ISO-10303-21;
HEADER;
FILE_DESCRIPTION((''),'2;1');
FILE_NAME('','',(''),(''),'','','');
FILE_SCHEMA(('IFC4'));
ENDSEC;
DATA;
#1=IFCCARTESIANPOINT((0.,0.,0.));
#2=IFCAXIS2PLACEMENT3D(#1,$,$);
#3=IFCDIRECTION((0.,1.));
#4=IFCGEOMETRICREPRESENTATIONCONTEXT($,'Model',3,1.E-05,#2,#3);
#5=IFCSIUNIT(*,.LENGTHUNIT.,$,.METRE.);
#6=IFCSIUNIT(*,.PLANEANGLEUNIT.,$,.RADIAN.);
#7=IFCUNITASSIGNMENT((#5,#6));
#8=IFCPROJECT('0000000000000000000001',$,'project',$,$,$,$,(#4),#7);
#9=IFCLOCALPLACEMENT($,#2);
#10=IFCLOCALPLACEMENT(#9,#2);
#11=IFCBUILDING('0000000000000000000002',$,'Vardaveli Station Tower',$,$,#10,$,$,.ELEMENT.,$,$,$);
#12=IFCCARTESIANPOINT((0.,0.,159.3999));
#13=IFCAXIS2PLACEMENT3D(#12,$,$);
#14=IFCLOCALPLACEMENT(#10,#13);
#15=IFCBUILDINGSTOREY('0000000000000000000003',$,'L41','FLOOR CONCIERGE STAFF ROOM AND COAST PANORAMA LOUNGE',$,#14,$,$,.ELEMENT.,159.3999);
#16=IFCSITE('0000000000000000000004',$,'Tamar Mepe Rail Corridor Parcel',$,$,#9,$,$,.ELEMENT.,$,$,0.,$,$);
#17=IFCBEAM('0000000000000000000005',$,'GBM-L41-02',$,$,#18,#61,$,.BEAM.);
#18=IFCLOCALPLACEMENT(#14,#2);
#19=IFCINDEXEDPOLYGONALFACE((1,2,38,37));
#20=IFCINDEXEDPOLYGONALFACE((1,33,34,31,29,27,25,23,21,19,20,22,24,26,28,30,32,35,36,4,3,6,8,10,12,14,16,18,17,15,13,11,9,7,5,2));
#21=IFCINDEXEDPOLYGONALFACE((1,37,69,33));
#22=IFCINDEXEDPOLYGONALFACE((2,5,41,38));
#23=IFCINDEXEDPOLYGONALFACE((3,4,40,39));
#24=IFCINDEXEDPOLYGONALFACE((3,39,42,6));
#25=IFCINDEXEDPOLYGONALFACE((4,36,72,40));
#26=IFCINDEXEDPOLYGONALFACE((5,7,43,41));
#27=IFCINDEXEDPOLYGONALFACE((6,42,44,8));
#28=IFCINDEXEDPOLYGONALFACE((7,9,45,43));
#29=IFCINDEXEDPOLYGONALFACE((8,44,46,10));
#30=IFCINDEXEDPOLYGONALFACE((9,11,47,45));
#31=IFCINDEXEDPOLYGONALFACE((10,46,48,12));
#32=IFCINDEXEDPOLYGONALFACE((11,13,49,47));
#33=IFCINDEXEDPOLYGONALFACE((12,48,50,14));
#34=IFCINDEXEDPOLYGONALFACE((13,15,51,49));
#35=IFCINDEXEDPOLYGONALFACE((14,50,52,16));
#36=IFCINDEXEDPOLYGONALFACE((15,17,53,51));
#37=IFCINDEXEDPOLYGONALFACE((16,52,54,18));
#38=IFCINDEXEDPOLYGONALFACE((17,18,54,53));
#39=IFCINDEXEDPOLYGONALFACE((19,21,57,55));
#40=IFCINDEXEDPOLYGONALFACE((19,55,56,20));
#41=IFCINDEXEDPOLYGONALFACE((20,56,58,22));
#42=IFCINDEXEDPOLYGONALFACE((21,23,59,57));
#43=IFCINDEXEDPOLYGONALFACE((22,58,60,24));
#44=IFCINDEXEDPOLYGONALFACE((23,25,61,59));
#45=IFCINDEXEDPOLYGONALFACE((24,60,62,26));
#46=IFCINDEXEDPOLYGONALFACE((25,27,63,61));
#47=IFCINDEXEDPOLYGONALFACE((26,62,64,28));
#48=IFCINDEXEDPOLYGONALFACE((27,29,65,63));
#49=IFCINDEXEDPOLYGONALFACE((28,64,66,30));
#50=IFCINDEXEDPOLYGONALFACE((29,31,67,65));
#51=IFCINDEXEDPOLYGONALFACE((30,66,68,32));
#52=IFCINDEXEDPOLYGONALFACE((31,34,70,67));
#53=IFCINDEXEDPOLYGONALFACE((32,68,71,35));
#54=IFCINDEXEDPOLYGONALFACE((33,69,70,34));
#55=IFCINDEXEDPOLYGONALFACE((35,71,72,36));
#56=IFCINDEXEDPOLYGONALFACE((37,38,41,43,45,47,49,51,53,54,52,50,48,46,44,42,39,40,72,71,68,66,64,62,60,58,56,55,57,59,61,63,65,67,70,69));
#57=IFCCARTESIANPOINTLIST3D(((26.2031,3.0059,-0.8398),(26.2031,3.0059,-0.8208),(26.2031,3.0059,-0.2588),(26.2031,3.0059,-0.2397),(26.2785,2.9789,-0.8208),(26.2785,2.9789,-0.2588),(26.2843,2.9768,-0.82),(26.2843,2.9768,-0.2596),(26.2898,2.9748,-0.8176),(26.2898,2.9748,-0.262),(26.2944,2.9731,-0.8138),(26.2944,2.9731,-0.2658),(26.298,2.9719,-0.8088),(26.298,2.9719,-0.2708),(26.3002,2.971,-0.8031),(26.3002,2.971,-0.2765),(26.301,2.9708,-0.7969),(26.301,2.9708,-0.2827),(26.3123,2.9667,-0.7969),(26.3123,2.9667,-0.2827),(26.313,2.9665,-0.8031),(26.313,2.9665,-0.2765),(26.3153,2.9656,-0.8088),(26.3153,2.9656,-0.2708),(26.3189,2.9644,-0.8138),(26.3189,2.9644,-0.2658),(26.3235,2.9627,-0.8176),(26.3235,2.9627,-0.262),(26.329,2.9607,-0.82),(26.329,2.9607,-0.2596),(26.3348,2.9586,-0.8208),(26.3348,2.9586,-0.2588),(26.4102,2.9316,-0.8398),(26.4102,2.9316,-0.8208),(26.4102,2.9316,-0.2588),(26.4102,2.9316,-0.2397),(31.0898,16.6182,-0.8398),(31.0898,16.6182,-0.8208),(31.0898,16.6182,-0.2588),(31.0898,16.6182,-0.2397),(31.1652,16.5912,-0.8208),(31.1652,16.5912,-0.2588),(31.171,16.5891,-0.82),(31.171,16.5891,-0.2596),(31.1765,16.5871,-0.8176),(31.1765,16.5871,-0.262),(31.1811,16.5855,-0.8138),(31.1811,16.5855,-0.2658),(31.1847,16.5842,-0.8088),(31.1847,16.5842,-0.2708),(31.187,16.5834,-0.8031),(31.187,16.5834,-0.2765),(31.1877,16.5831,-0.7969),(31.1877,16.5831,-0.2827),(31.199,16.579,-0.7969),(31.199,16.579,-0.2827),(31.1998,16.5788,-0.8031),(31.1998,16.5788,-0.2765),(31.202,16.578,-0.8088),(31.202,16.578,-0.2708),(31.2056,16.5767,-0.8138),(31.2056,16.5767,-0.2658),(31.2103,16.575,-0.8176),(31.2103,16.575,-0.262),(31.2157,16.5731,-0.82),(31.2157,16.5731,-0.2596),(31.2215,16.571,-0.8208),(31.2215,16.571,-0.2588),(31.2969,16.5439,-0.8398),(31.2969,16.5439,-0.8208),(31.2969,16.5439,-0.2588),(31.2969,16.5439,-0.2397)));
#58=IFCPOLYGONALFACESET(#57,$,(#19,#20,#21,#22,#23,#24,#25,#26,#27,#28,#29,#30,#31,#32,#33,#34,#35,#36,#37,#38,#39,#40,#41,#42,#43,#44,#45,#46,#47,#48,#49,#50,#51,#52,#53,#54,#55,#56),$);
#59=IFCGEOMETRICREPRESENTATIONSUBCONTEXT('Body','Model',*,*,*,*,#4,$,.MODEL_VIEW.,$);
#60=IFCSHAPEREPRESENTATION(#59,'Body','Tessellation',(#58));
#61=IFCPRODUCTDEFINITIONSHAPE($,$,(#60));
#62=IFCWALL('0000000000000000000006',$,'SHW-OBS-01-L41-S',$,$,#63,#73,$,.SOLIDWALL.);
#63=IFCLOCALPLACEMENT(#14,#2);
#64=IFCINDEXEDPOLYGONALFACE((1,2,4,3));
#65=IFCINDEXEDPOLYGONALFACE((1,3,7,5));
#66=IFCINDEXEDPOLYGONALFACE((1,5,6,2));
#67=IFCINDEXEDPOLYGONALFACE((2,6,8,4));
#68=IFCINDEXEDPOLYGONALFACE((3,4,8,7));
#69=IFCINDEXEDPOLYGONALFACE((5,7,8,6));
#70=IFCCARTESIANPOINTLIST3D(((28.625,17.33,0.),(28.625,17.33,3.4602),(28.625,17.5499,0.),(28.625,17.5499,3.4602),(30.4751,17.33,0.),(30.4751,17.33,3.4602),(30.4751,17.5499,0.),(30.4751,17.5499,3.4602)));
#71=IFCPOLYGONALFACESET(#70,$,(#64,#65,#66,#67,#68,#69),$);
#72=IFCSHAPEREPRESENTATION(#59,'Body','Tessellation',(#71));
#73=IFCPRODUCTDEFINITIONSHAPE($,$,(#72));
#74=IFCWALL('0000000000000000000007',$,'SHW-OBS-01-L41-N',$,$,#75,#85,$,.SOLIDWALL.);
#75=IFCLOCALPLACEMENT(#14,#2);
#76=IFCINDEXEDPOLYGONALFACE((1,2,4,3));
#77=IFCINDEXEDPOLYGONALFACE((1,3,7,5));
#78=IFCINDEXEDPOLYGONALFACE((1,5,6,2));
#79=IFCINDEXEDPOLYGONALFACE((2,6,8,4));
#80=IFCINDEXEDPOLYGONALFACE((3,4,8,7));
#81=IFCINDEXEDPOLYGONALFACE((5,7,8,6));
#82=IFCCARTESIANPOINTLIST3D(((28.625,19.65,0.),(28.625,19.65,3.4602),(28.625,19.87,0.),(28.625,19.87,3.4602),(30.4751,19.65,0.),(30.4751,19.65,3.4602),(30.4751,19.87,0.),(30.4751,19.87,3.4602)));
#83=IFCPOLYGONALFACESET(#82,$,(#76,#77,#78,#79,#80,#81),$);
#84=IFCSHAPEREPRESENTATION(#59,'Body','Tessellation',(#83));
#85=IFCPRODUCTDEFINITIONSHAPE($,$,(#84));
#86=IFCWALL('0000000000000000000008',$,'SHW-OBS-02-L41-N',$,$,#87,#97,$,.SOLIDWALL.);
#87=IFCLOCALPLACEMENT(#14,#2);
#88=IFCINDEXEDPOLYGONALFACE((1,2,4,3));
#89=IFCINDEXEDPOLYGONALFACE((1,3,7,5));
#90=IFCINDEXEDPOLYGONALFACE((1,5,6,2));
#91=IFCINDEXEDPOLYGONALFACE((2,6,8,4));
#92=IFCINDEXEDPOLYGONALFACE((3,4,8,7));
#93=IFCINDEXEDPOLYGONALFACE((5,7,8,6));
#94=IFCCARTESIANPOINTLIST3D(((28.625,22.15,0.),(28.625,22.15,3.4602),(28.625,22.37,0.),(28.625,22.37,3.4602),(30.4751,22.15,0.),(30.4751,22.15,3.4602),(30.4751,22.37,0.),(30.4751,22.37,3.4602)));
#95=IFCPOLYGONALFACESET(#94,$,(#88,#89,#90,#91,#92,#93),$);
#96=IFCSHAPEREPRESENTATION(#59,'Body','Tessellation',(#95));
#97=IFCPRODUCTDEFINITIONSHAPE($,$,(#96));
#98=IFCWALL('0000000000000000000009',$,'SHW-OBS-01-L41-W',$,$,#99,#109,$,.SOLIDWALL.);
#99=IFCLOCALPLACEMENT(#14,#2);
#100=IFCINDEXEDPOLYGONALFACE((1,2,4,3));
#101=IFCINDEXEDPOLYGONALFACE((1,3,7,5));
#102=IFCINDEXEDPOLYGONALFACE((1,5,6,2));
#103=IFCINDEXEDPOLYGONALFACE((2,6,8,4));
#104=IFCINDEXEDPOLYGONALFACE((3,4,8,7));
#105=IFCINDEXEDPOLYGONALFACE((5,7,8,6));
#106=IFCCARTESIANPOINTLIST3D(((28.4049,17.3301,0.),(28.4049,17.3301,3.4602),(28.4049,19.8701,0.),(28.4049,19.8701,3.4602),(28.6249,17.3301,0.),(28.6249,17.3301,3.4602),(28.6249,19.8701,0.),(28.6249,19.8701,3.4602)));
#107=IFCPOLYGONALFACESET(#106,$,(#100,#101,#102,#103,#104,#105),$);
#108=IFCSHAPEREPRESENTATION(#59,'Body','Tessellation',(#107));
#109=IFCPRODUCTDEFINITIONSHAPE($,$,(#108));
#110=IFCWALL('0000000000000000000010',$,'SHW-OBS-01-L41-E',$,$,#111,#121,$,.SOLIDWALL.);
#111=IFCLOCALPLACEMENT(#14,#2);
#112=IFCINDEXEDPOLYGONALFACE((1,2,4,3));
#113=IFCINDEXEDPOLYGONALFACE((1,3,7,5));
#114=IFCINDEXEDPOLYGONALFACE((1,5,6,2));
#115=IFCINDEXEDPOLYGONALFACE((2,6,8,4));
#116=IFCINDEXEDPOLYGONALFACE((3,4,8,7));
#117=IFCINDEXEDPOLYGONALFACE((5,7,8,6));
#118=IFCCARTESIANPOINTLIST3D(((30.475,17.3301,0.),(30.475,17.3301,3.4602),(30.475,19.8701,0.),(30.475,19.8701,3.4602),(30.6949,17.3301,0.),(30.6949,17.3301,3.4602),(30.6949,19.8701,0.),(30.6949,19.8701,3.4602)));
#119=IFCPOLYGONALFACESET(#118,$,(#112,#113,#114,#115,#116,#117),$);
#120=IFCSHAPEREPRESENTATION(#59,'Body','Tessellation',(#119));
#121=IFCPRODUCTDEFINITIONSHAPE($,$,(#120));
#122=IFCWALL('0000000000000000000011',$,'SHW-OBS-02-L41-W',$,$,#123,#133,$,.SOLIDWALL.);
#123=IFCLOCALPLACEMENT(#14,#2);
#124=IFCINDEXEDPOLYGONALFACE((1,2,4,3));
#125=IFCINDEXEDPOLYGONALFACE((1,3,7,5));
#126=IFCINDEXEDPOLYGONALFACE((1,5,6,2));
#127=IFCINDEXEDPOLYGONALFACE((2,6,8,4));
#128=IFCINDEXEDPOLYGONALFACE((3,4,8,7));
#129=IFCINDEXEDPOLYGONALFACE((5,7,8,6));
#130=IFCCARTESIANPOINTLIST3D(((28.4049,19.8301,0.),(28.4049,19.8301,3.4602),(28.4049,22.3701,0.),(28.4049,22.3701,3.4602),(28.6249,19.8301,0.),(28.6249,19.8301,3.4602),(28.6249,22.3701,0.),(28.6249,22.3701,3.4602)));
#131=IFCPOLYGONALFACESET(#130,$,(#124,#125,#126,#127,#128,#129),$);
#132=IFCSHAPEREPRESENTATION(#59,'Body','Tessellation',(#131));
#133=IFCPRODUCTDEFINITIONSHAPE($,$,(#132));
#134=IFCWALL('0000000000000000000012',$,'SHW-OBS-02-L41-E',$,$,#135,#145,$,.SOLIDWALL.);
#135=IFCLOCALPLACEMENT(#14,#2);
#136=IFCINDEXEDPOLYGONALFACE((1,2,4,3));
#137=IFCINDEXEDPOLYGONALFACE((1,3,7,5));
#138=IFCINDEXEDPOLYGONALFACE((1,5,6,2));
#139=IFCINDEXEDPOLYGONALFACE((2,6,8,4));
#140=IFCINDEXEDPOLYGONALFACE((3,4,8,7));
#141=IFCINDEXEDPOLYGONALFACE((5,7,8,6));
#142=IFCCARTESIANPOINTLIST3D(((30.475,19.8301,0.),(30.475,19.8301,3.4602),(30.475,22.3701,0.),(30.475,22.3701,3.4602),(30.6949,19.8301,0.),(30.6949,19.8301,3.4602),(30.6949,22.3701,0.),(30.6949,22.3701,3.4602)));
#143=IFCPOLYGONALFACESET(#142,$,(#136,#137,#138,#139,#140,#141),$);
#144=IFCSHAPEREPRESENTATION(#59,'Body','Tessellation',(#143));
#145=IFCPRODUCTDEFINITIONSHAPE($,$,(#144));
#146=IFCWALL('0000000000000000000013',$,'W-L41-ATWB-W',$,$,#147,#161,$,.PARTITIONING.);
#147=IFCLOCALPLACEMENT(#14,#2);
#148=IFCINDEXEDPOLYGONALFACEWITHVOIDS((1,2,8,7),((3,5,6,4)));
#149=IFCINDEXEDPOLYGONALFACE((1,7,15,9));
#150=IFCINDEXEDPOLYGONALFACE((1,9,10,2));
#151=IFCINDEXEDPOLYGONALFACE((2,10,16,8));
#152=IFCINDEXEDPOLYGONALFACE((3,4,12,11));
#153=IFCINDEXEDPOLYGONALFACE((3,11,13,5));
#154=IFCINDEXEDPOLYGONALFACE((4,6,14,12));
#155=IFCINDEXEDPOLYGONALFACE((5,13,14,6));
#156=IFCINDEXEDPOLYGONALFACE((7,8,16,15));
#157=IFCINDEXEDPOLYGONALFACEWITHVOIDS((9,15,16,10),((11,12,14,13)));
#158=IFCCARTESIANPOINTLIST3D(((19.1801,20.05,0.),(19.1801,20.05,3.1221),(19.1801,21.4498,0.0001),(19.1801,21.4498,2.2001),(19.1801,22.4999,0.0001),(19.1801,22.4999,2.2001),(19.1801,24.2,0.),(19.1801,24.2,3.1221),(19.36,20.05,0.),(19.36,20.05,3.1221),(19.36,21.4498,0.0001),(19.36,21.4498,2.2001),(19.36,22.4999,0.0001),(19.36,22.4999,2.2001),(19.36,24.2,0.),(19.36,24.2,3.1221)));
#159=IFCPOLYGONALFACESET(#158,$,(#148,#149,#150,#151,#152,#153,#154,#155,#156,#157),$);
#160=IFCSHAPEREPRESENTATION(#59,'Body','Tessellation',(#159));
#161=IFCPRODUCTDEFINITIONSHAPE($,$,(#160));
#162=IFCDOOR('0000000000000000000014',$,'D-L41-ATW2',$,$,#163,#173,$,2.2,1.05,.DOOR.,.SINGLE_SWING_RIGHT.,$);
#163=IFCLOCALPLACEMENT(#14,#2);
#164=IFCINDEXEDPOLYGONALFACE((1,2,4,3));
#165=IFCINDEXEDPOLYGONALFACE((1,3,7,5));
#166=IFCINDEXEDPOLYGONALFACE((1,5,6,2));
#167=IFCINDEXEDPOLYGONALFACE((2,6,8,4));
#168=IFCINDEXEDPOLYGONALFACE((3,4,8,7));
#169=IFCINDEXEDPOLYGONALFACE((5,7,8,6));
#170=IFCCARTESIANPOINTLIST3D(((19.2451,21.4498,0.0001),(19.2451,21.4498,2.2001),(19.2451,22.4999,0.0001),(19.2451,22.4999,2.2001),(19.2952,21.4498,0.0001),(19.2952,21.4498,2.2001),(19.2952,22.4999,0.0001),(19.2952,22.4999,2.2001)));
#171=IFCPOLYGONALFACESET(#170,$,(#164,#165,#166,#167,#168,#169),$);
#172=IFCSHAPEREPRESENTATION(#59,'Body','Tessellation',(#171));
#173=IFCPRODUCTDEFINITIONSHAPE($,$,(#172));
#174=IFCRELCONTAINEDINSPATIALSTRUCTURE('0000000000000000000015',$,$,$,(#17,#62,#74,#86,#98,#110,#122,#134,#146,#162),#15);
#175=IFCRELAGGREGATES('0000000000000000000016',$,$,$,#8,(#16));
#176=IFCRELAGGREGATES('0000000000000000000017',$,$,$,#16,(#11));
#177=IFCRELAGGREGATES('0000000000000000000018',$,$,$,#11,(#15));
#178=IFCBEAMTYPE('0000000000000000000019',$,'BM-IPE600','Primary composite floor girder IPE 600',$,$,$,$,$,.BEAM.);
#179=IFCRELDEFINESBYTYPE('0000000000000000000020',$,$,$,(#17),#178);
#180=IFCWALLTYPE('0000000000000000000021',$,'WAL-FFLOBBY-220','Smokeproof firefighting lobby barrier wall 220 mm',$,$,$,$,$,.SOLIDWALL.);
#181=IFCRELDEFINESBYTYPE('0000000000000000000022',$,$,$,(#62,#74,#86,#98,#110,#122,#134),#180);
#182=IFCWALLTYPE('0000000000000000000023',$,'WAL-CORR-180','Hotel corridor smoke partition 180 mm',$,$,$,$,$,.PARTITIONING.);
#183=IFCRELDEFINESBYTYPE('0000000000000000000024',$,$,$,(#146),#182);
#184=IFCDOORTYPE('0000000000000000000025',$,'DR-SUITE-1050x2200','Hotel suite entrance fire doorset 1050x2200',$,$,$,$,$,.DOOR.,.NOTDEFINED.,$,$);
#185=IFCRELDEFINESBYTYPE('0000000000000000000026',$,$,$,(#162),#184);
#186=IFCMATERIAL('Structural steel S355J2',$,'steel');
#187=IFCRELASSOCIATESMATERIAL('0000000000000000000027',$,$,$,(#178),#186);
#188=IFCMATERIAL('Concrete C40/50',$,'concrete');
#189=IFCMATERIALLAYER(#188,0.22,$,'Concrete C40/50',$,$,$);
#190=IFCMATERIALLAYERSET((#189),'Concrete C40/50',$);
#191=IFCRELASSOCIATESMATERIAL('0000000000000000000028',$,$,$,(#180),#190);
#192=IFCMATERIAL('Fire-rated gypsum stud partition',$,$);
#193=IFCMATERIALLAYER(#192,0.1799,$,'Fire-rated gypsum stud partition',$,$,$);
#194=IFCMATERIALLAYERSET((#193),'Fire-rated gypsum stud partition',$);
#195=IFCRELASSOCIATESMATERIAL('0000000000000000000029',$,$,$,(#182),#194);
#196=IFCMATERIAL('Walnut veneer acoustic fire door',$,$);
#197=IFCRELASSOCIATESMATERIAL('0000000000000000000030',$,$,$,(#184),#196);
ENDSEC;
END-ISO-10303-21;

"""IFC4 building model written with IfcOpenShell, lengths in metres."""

from ifc_helpers import new_model, si_unit, direction, frame, frame_2d, origin, origin_2d, place, context, subcontext, project, spatial, rectangle, i_section, extrude, source, transform, mapped, material, layer, layer_set, material_profile, profile_set, type_object, element, fill, save


model = new_model("IFC4")

# Units and contexts
model_context = context("Model", 3, precision=1e-05, world=origin(), true_north=direction((0.0, 1.0)))
body_context = subcontext(model_context, "Body", "Model", "MODEL_VIEW")
ifc_project = project(units=[si_unit("LENGTHUNIT", "METRE"), si_unit("PLANEANGLEUNIT", "RADIAN")], contexts=[model_context])

# Site, building, storey
site_placement = place(None, origin())
site = spatial("IfcSite", under=ifc_project, at=site_placement, Name="Tamar Mepe Rail Corridor Parcel", CompositionType="ELEMENT", RefElevation=0.0)
building_placement = place(site_placement, origin())
building = spatial("IfcBuilding", under=site, at=building_placement, Name="Vardaveli Station Tower", CompositionType="ELEMENT")
storey_placement = place(building_placement, frame((0.0, 0.0, 159.3999)))
storey = spatial("IfcBuildingStorey", under=building, at=storey_placement, Name="L41", Description="FLOOR CONCIERGE STAFF ROOM AND COAST PANORAMA LOUNGE", CompositionType="ELEMENT", Elevation=159.3999)

# Beam
ifc_material_1 = material(Name="Structural steel S355J2", Category="steel")
ifc_material_profile_1 = material_profile(ifc_material_1, i_section(OverallWidth=0.22, OverallDepth=0.6001, WebThickness=0.012, FlangeThickness=0.019, FilletRadius=0.0239, at=origin_2d()), Name="IPE 600")
ifc_profile_set_1 = profile_set([ifc_material_profile_1], Name="Structural steel S355J2")
beam_type_1 = type_object("IfcBeamType", Name="BM-IPE600", Description="Primary composite floor girder IPE 600", PredefinedType="BEAM", material=ifc_profile_set_1)
shared_shape_1 = source(origin(), body_context, "Body", "SweptSolid", [
    extrude(i_section(OverallWidth=0.22, OverallDepth=0.6001, WebThickness=0.012, FlangeThickness=0.019, FilletRadius=0.0239, at=origin_2d()), origin(), (0.0, 0.0, 1.0), 14.4629),
])
beam_1_placement = place(storey_placement, frame((26.3066, 2.9688, -0.5398), z_axis=(0.33788, 0.941189, 0.0), x_axis=(-0.941189, 0.33788, 0.0)))
element("IfcBeam", 1, at=beam_1_placement, inside=storey, type_object=beam_type_1, Name="GBM-L41-02", PredefinedType="BEAM", context=body_context, shape_type="MappedRepresentation", body=[
    mapped(shared_shape_1, transform((0.0, 0.0, 0.0), scale=1.0)),
])

# Walls
ifc_material_2 = material(Name="Concrete C40/50", Category="concrete")
ifc_layer_1 = layer(ifc_material_2, 0.22, Name="Concrete C40/50")
ifc_layer_set_1 = layer_set([ifc_layer_1], Name="Concrete C40/50")
wall_type_1 = type_object("IfcWallType", Name="WAL-FFLOBBY-220", Description="Smokeproof firefighting lobby barrier wall 220 mm", PredefinedType="SOLIDWALL", material=ifc_layer_set_1)
shared_shape_2 = source(origin(), body_context, "Body", "SweptSolid", [
    extrude(rectangle(XDim=1.8501, YDim=0.22, at=frame_2d((0.925, 0.0))), origin(), (0.0, 0.0, 1.0), 3.4602),
])
for number, where, z_axis, x_axis, name in (
    (2, (28.625, 17.4399, 0.0), (0.0, 0.0, 1.0), (1.0, 0.0, 0.0), "SHW-OBS-01-L41-S"),
    (3, (28.625, 19.76, 0.0), (0.0, 0.0, 1.0), (1.0, 0.0, 0.0), "SHW-OBS-01-L41-N"),
    (4, (28.625, 22.26, 0.0), (0.0, 0.0, 1.0), (1.0, 0.0, 0.0), "SHW-OBS-02-L41-N"),
):
    element("IfcWall", number, at=place(storey_placement, frame(where, z_axis=z_axis, x_axis=x_axis)), inside=storey, type_object=wall_type_1, Name=name, PredefinedType="SOLIDWALL", context=body_context, shape_type="MappedRepresentation", body=[
        mapped(shared_shape_2, transform((0.0, 0.0, 0.0), scale=1.0)),
    ])
shared_shape_3 = source(origin(), body_context, "Body", "SweptSolid", [
    extrude(rectangle(XDim=2.54, YDim=0.22, at=frame_2d((1.27, 0.0))), origin(), (0.0, 0.0, 1.0), 3.4602),
])
for number, where, z_axis, x_axis, name in (
    (5, (28.5149, 17.3301, 0.0), (0.0, 0.0, 1.0), (0.0, 1.0, 0.0), "SHW-OBS-01-L41-W"),
    (6, (30.585, 17.3301, 0.0), (0.0, 0.0, 1.0), (0.0, 1.0, 0.0), "SHW-OBS-01-L41-E"),
    (7, (28.5149, 19.8301, 0.0), (0.0, 0.0, 1.0), (0.0, 1.0, 0.0), "SHW-OBS-02-L41-W"),
    (8, (30.585, 19.8301, 0.0), (0.0, 0.0, 1.0), (0.0, 1.0, 0.0), "SHW-OBS-02-L41-E"),
):
    element("IfcWall", number, at=place(storey_placement, frame(where, z_axis=z_axis, x_axis=x_axis)), inside=storey, type_object=wall_type_1, Name=name, PredefinedType="SOLIDWALL", context=body_context, shape_type="MappedRepresentation", body=[
        mapped(shared_shape_3, transform((0.0, 0.0, 0.0), scale=1.0)),
    ])

# Wall, opening, door
ifc_material_3 = material(Name="Fire-rated gypsum stud partition")
ifc_layer_2 = layer(ifc_material_3, 0.1799, Name="Fire-rated gypsum stud partition")
ifc_layer_set_2 = layer_set([ifc_layer_2], Name="Fire-rated gypsum stud partition")
wall_type_2 = type_object("IfcWallType", Name="WAL-CORR-180", Description="Hotel corridor smoke partition 180 mm", PredefinedType="PARTITIONING", material=ifc_layer_set_2)
shared_shape_4 = source(origin(), body_context, "Body", "SweptSolid", [
    extrude(rectangle(XDim=4.1499, YDim=0.1799, at=frame_2d((2.075, 0.0))), origin(), (0.0, 0.0, 1.0), 3.1221),
])
wall_1_placement = place(storey_placement, frame((19.27, 20.05, 0.0), z_axis=(0.0, 0.0, 1.0), x_axis=(0.0, 1.0, 0.0)))
wall_1 = element("IfcWall", 9, at=wall_1_placement, inside=storey, type_object=wall_type_2, Name="W-L41-ATWB-W", PredefinedType="PARTITIONING", context=body_context, shape_type="MappedRepresentation", body=[
    mapped(shared_shape_4, transform((0.0, 0.0, 0.0), scale=1.0)),
])
shared_shape_5 = source(origin(), body_context, "Body", "SweptSolid", [
    extrude(rectangle(XDim=1.05, YDim=2.2, at=frame_2d((0.5249, 1.1001))), frame((0.0, 0.1001, 0.0), z_axis=(0.0, -1.0, 0.0), x_axis=(1.0, 0.0, 0.0)), (0.0, 0.0, 1.0), 0.2),
])
opening_1_placement = place(wall_1_placement, frame((1.3999, 0.0, 0.0)))
opening_1 = element("IfcOpeningElement", 10, at=opening_1_placement, cuts=wall_1, PredefinedType="OPENING", context=body_context, shape_type="MappedRepresentation", body=[
    mapped(shared_shape_5, transform((0.0, 0.0, 0.0), scale=1.0)),
])
ifc_material_4 = material(Name="Walnut veneer acoustic fire door")
door_type_1 = type_object("IfcDoorType", Name="DR-SUITE-1050x2200", Description="Hotel suite entrance fire doorset 1050x2200", OperationType="NOTDEFINED", PredefinedType="DOOR", material=ifc_material_4)
shared_shape_6 = source(origin(), body_context, "Body", "SweptSolid", [
    extrude(rectangle(XDim=1.05, YDim=2.2, at=frame_2d((0.5249, 1.1001))), frame((0.0, 0.0249, 0.0), z_axis=(0.0, -1.0, 0.0), x_axis=(1.0, 0.0, 0.0)), (0.0, 0.0, 1.0), 0.05),
])
door_1_placement = place(opening_1_placement, origin())
door_1 = element("IfcDoor", 11, at=door_1_placement, inside=storey, type_object=door_type_1, Name="D-L41-ATW2", OperationType="SINGLE_SWING_RIGHT", OverallHeight=2.2, OverallWidth=1.05, PredefinedType="DOOR", context=body_context, shape_type="MappedRepresentation", body=[
    mapped(shared_shape_6, transform((0.0, 0.0, 0.0), scale=1.0)),
])
fill(opening_1, door_1)

save(model, "model.ifc")
